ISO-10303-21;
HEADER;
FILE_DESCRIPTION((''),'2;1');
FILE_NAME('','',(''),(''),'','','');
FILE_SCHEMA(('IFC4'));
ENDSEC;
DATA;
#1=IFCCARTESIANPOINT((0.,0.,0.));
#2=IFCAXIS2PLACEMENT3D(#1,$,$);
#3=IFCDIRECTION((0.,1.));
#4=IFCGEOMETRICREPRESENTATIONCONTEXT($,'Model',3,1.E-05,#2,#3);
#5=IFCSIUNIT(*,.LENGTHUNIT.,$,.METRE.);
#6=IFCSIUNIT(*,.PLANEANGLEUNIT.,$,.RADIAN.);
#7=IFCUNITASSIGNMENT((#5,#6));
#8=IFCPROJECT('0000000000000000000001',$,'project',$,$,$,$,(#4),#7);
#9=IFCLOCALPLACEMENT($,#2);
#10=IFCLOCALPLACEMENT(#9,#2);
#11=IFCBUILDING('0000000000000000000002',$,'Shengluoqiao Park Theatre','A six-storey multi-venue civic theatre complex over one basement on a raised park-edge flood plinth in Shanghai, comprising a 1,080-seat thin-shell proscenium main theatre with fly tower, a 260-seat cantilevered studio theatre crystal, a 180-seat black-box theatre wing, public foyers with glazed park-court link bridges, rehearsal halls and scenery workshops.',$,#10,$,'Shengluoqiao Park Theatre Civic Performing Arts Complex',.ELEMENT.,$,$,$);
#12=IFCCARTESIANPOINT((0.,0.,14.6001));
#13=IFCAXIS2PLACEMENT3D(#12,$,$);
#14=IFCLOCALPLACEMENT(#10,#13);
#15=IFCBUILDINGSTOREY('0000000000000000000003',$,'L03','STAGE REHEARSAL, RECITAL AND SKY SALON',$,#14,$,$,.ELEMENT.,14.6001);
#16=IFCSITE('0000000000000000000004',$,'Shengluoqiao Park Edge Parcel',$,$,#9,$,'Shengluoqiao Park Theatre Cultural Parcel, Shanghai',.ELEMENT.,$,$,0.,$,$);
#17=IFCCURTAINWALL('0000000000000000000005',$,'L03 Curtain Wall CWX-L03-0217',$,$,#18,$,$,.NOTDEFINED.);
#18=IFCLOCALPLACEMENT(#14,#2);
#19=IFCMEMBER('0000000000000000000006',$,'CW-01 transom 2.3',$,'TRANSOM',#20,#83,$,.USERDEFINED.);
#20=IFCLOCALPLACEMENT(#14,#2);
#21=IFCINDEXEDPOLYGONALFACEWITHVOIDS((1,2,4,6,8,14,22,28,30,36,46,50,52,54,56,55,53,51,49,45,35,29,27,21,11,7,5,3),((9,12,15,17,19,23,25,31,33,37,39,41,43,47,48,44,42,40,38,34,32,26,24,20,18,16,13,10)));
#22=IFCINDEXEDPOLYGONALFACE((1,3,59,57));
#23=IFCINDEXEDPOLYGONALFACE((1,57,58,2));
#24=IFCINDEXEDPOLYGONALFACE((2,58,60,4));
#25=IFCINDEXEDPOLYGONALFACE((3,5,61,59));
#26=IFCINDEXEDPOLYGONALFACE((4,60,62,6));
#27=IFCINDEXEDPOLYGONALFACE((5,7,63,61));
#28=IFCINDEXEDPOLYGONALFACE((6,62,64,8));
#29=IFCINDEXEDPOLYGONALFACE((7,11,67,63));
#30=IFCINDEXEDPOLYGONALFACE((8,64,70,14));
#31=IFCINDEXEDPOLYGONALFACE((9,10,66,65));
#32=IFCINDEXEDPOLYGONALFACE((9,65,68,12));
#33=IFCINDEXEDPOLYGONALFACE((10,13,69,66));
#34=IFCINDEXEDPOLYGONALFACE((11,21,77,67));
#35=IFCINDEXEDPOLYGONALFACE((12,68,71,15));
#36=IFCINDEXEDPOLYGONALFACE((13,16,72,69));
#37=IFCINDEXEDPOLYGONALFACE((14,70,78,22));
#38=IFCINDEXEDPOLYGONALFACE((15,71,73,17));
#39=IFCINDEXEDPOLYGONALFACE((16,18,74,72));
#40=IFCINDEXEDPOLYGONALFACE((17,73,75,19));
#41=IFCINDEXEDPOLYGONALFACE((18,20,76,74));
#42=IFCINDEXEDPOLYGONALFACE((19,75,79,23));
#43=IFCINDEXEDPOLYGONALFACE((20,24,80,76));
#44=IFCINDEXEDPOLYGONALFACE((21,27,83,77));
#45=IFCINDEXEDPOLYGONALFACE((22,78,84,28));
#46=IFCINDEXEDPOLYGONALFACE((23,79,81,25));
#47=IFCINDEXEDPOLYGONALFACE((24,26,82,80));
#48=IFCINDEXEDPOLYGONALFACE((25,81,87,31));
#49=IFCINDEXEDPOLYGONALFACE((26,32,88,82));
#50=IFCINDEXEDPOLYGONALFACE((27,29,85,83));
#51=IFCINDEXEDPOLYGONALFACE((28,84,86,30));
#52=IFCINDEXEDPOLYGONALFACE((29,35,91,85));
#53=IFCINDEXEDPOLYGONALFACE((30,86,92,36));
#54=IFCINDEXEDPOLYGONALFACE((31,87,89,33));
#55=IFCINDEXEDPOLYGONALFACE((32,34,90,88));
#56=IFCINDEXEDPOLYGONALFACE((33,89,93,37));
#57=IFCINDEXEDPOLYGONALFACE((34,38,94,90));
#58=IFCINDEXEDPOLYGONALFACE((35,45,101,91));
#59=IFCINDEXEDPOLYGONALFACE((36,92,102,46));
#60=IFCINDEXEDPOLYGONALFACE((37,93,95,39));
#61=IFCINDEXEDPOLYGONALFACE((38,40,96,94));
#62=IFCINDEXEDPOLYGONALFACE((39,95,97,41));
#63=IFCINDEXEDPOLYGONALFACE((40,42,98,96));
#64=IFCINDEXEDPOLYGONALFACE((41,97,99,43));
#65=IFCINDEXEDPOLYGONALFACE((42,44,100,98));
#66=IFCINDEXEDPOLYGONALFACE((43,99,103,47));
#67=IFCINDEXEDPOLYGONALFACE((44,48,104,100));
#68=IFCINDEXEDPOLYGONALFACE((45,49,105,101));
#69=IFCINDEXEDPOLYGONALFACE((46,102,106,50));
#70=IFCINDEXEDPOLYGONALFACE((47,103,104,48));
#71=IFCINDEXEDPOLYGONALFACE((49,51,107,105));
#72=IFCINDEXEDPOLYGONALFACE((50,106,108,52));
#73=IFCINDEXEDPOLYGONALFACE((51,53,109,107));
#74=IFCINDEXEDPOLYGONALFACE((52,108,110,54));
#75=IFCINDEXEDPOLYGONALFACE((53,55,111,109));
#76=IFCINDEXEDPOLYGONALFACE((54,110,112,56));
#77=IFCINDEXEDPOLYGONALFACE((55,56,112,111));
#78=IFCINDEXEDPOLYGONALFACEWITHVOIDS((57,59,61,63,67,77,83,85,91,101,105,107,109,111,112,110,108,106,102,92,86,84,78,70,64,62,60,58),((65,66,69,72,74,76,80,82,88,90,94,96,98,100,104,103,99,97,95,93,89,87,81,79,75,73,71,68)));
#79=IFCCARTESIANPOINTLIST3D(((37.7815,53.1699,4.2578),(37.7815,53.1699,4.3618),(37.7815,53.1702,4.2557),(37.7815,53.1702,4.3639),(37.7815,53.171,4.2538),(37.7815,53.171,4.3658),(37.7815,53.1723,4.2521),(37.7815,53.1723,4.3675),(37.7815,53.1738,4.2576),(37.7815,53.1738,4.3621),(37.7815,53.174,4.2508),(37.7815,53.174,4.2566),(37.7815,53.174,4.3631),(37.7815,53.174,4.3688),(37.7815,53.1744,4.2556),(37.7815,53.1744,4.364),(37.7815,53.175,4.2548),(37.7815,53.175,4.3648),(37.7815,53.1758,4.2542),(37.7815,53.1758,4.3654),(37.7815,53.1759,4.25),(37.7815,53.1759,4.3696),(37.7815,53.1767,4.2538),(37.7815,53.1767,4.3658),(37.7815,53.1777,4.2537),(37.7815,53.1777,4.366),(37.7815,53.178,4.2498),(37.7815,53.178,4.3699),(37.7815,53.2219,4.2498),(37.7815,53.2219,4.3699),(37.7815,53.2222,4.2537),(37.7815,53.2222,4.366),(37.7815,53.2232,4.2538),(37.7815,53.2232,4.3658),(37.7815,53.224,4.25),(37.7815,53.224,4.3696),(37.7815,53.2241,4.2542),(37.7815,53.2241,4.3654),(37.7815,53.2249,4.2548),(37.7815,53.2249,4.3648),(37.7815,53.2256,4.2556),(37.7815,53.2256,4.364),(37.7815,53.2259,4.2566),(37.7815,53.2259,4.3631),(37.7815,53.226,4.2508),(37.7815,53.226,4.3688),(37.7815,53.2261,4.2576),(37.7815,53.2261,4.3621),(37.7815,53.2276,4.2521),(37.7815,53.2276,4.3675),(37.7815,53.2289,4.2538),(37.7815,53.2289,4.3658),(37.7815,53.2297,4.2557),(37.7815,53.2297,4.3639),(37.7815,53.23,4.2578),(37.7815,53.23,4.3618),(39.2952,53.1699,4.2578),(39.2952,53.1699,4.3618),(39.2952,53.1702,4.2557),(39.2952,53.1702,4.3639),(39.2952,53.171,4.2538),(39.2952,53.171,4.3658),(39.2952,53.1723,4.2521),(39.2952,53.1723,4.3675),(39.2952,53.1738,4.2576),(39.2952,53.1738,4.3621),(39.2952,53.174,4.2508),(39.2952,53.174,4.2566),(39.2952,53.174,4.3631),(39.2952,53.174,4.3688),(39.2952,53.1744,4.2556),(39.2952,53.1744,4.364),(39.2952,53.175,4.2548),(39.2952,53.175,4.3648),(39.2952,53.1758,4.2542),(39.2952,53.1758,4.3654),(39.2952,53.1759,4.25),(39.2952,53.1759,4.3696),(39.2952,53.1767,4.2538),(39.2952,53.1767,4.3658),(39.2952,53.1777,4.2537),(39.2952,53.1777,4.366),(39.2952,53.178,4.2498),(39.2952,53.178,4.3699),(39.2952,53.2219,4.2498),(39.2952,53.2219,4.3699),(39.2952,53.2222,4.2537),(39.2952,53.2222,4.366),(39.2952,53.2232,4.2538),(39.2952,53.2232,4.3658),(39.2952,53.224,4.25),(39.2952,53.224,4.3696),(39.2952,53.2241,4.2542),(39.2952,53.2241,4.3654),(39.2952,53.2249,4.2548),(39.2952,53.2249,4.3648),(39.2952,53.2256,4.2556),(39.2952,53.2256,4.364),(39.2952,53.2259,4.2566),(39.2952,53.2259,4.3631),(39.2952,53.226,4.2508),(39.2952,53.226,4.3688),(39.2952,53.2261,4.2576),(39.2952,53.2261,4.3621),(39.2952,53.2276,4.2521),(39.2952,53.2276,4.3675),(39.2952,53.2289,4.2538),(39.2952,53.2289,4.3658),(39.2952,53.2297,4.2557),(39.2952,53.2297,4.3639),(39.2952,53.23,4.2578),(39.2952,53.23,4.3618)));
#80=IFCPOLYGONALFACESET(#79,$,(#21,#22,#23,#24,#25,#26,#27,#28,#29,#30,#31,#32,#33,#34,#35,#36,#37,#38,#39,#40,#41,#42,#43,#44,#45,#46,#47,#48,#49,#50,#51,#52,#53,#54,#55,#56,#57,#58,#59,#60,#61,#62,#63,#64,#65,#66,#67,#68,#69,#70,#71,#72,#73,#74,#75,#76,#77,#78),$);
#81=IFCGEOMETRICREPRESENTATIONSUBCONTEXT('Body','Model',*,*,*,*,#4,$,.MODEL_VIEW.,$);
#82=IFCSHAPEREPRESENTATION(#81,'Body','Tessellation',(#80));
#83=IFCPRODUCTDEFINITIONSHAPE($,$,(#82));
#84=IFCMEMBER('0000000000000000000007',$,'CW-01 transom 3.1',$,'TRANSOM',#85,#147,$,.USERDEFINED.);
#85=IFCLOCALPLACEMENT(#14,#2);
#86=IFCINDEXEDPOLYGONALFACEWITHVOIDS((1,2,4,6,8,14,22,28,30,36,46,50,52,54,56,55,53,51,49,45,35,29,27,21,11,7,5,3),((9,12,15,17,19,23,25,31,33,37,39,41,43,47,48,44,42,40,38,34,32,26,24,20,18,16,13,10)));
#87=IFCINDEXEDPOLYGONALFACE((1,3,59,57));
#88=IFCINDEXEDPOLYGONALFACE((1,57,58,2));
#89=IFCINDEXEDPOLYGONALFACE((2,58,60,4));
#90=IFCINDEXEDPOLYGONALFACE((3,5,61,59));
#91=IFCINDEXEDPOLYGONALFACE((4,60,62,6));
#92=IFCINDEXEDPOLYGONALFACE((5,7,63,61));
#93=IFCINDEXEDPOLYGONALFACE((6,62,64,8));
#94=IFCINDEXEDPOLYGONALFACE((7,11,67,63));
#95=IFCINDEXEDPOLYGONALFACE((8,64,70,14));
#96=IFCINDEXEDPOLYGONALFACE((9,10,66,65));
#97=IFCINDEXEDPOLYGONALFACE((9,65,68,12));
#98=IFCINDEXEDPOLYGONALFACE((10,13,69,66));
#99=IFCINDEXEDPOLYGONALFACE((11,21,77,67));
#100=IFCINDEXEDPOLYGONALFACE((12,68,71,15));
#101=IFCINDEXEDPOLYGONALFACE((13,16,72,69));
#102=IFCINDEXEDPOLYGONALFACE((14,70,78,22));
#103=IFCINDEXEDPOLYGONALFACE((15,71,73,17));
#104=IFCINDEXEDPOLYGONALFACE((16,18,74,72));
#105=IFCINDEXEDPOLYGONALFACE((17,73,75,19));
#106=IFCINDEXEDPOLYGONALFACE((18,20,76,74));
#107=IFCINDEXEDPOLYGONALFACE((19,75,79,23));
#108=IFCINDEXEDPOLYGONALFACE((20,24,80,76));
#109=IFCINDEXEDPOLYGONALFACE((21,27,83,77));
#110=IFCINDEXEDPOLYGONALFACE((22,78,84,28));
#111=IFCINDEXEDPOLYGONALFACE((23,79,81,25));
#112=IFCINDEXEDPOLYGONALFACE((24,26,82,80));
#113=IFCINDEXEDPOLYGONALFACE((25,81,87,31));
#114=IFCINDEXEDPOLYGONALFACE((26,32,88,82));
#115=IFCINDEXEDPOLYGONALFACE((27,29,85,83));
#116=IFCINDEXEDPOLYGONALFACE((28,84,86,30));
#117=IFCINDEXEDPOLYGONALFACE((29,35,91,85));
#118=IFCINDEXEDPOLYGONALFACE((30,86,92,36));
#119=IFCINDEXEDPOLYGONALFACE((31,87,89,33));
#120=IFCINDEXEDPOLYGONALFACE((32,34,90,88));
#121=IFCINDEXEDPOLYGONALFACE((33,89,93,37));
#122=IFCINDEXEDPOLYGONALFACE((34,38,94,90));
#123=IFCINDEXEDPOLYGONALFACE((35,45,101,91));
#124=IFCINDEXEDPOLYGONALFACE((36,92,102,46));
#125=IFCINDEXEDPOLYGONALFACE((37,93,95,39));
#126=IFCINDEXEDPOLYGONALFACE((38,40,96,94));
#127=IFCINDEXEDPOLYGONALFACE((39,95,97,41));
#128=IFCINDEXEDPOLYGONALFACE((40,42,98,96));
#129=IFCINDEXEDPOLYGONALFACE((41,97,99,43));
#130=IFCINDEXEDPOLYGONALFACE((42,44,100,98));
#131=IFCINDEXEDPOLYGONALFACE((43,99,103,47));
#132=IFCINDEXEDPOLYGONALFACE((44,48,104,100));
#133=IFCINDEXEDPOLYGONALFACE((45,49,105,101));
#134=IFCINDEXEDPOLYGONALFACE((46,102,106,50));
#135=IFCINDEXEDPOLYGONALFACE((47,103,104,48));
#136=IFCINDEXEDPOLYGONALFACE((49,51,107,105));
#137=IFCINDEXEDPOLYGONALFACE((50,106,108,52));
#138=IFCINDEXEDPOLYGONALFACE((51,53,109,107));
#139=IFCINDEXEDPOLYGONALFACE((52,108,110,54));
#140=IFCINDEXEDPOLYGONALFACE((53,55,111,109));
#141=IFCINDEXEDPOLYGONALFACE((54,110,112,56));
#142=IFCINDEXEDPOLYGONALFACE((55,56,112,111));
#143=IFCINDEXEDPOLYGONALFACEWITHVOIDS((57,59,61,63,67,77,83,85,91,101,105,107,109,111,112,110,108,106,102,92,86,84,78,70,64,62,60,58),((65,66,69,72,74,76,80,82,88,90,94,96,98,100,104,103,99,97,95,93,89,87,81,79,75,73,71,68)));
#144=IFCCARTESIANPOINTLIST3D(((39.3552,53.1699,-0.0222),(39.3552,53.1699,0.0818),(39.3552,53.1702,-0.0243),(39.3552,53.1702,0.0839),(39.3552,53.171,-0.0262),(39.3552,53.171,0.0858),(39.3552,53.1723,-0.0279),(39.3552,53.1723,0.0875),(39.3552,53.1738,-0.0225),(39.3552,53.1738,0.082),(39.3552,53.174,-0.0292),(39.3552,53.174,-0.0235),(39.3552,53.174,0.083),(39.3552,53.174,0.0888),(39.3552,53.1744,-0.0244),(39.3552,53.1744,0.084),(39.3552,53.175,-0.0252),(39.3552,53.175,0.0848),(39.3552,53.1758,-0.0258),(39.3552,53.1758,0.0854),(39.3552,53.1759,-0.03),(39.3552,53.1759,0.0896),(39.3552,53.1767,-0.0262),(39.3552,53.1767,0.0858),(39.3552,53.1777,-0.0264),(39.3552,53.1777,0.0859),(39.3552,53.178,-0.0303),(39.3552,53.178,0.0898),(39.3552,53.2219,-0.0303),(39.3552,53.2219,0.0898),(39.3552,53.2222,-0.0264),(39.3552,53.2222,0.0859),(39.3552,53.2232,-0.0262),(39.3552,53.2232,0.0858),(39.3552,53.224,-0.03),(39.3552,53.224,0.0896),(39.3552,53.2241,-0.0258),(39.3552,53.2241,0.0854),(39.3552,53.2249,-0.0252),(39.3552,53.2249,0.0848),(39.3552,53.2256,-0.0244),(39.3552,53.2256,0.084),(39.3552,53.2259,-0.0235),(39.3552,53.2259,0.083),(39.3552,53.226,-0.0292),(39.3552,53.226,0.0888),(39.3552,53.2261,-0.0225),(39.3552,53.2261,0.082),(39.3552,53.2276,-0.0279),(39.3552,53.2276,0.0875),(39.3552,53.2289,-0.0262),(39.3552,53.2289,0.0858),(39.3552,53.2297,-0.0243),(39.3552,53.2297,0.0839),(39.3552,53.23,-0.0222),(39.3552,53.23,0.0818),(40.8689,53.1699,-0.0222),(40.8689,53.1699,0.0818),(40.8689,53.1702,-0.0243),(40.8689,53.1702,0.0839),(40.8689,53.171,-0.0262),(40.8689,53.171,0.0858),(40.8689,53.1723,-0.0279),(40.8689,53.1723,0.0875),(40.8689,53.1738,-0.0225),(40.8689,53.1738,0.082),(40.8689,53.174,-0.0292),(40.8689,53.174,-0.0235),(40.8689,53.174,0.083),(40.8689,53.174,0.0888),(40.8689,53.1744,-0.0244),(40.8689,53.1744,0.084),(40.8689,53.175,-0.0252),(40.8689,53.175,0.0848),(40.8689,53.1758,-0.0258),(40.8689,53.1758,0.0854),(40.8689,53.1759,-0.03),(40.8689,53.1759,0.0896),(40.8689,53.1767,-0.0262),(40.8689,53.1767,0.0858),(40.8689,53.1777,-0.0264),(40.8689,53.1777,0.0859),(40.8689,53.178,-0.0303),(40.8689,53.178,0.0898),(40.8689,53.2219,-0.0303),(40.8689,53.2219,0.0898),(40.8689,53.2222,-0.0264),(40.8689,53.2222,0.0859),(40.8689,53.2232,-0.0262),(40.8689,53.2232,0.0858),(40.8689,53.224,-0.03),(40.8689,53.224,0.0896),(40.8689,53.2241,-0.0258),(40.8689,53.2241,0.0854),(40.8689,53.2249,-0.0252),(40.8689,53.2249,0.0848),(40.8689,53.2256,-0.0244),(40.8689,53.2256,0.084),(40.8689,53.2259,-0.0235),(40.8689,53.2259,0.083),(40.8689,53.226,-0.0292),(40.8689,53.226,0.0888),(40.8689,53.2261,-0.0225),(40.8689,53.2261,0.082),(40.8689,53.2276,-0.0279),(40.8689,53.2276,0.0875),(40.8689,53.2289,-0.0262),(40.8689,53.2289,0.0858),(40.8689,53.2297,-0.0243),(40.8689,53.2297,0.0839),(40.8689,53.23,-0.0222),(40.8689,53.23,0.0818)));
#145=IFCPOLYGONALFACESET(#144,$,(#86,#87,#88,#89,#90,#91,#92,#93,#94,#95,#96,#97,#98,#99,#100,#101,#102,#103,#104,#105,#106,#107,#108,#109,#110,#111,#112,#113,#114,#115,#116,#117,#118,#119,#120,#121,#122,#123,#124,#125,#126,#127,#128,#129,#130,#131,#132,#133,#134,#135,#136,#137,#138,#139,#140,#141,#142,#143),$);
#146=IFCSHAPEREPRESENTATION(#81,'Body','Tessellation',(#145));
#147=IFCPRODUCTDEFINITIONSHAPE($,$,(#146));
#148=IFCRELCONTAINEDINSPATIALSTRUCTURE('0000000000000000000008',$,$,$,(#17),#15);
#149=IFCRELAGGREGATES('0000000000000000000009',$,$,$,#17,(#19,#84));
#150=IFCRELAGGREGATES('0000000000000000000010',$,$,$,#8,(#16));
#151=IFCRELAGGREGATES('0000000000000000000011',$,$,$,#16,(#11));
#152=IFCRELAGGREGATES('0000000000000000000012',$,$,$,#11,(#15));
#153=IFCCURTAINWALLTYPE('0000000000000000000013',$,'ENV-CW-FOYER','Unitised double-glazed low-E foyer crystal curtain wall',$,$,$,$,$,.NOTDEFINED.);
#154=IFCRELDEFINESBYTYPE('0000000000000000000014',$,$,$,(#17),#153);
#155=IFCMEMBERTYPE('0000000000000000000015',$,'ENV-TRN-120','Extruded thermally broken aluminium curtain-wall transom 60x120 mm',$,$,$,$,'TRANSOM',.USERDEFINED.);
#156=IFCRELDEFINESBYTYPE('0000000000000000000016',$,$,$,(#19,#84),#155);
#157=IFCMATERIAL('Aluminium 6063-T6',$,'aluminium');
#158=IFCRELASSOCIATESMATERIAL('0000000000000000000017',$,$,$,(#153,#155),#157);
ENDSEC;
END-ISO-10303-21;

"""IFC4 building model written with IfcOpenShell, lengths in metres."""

from ifc_helpers import new_model, si_unit, direction, frame, origin, origin_2d, place, context, subcontext, project, spatial, hollow_rectangle, extrude, material, material_profile, profile_set, type_object, element, aggregate, save


model = new_model("IFC4")

# Units and contexts
model_context = context("Model", 3, precision=1e-05, world=origin(), true_north=direction((0.0, 1.0)))
body_context = subcontext(model_context, "Body", "Model", "MODEL_VIEW")
ifc_project = project(units=[si_unit("LENGTHUNIT", "METRE"), si_unit("PLANEANGLEUNIT", "RADIAN")], contexts=[model_context])

# Site, building, storey
site_placement = place(None, origin())
site = spatial("IfcSite", under=ifc_project, at=site_placement, Name="Shengluoqiao Park Edge Parcel", LongName="Shengluoqiao Park Theatre Cultural Parcel, Shanghai", CompositionType="ELEMENT", RefElevation=0.0)
building_placement = place(site_placement, origin())
building = spatial("IfcBuilding", under=site, at=building_placement, Name="Shengluoqiao Park Theatre", Description="A six-storey multi-venue civic theatre complex over one basement on a raised park-edge flood plinth in Shanghai, comprising a 1,080-seat thin-shell proscenium main theatre with fly tower, a 260-seat cantilevered studio theatre crystal, a 180-seat black-box theatre wing, public foyers with glazed park-court link bridges, rehearsal halls and scenery workshops.", LongName="Shengluoqiao Park Theatre Civic Performing Arts Complex", CompositionType="ELEMENT")
storey_placement = place(building_placement, frame((0.0, 0.0, 14.6001)))
storey = spatial("IfcBuildingStorey", under=building, at=storey_placement, Name="L03", Description="STAGE REHEARSAL, RECITAL AND SKY SALON", CompositionType="ELEMENT", Elevation=14.6001)

# Shared definitions
ifc_material_1 = material(Name="Aluminium 6063-T6", Category="aluminium")

# Curtain wall
curtain_wall_type_1 = type_object("IfcCurtainWallType", Name="ENV-CW-FOYER", Description="Unitised double-glazed low-E foyer crystal curtain wall", PredefinedType="NOTDEFINED", material=ifc_material_1)
curtain_wall_1_placement = place(storey_placement, origin())
curtain_wall_1 = element("IfcCurtainWall", 1, at=curtain_wall_1_placement, inside=storey, type_object=curtain_wall_type_1, Name="L03 Curtain Wall CWX-L03-0217", PredefinedType="NOTDEFINED")

# Members
ifc_material_profile_1 = material_profile(ifc_material_1, hollow_rectangle(XDim=0.0601, YDim=0.1201, WallThickness=0.0039, InnerFilletRadius=0.0039, OuterFilletRadius=0.0081, at=origin_2d()), Name="ALU TRANSOM 120x60x4")
ifc_profile_set_1 = profile_set([ifc_material_profile_1], Name="Aluminium 6063-T6")
member_type_1 = type_object("IfcMemberType", Name="ENV-TRN-120", Description="Extruded thermally broken aluminium curtain-wall transom 60x120 mm", ElementType="TRANSOM", PredefinedType="USERDEFINED", material=ifc_profile_set_1)
member_1_placement = place(storey_placement, frame((37.7815, 53.2, 4.3098), z_axis=(1.0, 0.0, 0.0), x_axis=(0.0, 1.0, 0.0)))
member_1 = element("IfcMember", 2, at=member_1_placement, type_object=member_type_1, Name="CW-01 transom 2.3", ObjectType="TRANSOM", PredefinedType="USERDEFINED", context=body_context, shape_type="SweptSolid", body=[
    extrude(hollow_rectangle(XDim=0.0601, YDim=0.1201, WallThickness=0.0039, InnerFilletRadius=0.0039, OuterFilletRadius=0.0081, at=origin_2d()), origin(), (0.0, 0.0, 1.0), 1.5137),
])
member_2_placement = place(storey_placement, frame((39.3552, 53.2, 0.0298), z_axis=(1.0, 0.0, 0.0), x_axis=(0.0, 1.0, 0.0)))
member_2 = element("IfcMember", 3, at=member_2_placement, type_object=member_type_1, Name="CW-01 transom 3.1", ObjectType="TRANSOM", PredefinedType="USERDEFINED", context=body_context, shape_type="SweptSolid", body=[
    extrude(hollow_rectangle(XDim=0.0601, YDim=0.1201, WallThickness=0.0039, InnerFilletRadius=0.0039, OuterFilletRadius=0.0081, at=origin_2d()), origin(), (0.0, 0.0, 1.0), 1.5137),
])

aggregate(curtain_wall_1, [member_1, member_2])

save(model, "model.ifc")
